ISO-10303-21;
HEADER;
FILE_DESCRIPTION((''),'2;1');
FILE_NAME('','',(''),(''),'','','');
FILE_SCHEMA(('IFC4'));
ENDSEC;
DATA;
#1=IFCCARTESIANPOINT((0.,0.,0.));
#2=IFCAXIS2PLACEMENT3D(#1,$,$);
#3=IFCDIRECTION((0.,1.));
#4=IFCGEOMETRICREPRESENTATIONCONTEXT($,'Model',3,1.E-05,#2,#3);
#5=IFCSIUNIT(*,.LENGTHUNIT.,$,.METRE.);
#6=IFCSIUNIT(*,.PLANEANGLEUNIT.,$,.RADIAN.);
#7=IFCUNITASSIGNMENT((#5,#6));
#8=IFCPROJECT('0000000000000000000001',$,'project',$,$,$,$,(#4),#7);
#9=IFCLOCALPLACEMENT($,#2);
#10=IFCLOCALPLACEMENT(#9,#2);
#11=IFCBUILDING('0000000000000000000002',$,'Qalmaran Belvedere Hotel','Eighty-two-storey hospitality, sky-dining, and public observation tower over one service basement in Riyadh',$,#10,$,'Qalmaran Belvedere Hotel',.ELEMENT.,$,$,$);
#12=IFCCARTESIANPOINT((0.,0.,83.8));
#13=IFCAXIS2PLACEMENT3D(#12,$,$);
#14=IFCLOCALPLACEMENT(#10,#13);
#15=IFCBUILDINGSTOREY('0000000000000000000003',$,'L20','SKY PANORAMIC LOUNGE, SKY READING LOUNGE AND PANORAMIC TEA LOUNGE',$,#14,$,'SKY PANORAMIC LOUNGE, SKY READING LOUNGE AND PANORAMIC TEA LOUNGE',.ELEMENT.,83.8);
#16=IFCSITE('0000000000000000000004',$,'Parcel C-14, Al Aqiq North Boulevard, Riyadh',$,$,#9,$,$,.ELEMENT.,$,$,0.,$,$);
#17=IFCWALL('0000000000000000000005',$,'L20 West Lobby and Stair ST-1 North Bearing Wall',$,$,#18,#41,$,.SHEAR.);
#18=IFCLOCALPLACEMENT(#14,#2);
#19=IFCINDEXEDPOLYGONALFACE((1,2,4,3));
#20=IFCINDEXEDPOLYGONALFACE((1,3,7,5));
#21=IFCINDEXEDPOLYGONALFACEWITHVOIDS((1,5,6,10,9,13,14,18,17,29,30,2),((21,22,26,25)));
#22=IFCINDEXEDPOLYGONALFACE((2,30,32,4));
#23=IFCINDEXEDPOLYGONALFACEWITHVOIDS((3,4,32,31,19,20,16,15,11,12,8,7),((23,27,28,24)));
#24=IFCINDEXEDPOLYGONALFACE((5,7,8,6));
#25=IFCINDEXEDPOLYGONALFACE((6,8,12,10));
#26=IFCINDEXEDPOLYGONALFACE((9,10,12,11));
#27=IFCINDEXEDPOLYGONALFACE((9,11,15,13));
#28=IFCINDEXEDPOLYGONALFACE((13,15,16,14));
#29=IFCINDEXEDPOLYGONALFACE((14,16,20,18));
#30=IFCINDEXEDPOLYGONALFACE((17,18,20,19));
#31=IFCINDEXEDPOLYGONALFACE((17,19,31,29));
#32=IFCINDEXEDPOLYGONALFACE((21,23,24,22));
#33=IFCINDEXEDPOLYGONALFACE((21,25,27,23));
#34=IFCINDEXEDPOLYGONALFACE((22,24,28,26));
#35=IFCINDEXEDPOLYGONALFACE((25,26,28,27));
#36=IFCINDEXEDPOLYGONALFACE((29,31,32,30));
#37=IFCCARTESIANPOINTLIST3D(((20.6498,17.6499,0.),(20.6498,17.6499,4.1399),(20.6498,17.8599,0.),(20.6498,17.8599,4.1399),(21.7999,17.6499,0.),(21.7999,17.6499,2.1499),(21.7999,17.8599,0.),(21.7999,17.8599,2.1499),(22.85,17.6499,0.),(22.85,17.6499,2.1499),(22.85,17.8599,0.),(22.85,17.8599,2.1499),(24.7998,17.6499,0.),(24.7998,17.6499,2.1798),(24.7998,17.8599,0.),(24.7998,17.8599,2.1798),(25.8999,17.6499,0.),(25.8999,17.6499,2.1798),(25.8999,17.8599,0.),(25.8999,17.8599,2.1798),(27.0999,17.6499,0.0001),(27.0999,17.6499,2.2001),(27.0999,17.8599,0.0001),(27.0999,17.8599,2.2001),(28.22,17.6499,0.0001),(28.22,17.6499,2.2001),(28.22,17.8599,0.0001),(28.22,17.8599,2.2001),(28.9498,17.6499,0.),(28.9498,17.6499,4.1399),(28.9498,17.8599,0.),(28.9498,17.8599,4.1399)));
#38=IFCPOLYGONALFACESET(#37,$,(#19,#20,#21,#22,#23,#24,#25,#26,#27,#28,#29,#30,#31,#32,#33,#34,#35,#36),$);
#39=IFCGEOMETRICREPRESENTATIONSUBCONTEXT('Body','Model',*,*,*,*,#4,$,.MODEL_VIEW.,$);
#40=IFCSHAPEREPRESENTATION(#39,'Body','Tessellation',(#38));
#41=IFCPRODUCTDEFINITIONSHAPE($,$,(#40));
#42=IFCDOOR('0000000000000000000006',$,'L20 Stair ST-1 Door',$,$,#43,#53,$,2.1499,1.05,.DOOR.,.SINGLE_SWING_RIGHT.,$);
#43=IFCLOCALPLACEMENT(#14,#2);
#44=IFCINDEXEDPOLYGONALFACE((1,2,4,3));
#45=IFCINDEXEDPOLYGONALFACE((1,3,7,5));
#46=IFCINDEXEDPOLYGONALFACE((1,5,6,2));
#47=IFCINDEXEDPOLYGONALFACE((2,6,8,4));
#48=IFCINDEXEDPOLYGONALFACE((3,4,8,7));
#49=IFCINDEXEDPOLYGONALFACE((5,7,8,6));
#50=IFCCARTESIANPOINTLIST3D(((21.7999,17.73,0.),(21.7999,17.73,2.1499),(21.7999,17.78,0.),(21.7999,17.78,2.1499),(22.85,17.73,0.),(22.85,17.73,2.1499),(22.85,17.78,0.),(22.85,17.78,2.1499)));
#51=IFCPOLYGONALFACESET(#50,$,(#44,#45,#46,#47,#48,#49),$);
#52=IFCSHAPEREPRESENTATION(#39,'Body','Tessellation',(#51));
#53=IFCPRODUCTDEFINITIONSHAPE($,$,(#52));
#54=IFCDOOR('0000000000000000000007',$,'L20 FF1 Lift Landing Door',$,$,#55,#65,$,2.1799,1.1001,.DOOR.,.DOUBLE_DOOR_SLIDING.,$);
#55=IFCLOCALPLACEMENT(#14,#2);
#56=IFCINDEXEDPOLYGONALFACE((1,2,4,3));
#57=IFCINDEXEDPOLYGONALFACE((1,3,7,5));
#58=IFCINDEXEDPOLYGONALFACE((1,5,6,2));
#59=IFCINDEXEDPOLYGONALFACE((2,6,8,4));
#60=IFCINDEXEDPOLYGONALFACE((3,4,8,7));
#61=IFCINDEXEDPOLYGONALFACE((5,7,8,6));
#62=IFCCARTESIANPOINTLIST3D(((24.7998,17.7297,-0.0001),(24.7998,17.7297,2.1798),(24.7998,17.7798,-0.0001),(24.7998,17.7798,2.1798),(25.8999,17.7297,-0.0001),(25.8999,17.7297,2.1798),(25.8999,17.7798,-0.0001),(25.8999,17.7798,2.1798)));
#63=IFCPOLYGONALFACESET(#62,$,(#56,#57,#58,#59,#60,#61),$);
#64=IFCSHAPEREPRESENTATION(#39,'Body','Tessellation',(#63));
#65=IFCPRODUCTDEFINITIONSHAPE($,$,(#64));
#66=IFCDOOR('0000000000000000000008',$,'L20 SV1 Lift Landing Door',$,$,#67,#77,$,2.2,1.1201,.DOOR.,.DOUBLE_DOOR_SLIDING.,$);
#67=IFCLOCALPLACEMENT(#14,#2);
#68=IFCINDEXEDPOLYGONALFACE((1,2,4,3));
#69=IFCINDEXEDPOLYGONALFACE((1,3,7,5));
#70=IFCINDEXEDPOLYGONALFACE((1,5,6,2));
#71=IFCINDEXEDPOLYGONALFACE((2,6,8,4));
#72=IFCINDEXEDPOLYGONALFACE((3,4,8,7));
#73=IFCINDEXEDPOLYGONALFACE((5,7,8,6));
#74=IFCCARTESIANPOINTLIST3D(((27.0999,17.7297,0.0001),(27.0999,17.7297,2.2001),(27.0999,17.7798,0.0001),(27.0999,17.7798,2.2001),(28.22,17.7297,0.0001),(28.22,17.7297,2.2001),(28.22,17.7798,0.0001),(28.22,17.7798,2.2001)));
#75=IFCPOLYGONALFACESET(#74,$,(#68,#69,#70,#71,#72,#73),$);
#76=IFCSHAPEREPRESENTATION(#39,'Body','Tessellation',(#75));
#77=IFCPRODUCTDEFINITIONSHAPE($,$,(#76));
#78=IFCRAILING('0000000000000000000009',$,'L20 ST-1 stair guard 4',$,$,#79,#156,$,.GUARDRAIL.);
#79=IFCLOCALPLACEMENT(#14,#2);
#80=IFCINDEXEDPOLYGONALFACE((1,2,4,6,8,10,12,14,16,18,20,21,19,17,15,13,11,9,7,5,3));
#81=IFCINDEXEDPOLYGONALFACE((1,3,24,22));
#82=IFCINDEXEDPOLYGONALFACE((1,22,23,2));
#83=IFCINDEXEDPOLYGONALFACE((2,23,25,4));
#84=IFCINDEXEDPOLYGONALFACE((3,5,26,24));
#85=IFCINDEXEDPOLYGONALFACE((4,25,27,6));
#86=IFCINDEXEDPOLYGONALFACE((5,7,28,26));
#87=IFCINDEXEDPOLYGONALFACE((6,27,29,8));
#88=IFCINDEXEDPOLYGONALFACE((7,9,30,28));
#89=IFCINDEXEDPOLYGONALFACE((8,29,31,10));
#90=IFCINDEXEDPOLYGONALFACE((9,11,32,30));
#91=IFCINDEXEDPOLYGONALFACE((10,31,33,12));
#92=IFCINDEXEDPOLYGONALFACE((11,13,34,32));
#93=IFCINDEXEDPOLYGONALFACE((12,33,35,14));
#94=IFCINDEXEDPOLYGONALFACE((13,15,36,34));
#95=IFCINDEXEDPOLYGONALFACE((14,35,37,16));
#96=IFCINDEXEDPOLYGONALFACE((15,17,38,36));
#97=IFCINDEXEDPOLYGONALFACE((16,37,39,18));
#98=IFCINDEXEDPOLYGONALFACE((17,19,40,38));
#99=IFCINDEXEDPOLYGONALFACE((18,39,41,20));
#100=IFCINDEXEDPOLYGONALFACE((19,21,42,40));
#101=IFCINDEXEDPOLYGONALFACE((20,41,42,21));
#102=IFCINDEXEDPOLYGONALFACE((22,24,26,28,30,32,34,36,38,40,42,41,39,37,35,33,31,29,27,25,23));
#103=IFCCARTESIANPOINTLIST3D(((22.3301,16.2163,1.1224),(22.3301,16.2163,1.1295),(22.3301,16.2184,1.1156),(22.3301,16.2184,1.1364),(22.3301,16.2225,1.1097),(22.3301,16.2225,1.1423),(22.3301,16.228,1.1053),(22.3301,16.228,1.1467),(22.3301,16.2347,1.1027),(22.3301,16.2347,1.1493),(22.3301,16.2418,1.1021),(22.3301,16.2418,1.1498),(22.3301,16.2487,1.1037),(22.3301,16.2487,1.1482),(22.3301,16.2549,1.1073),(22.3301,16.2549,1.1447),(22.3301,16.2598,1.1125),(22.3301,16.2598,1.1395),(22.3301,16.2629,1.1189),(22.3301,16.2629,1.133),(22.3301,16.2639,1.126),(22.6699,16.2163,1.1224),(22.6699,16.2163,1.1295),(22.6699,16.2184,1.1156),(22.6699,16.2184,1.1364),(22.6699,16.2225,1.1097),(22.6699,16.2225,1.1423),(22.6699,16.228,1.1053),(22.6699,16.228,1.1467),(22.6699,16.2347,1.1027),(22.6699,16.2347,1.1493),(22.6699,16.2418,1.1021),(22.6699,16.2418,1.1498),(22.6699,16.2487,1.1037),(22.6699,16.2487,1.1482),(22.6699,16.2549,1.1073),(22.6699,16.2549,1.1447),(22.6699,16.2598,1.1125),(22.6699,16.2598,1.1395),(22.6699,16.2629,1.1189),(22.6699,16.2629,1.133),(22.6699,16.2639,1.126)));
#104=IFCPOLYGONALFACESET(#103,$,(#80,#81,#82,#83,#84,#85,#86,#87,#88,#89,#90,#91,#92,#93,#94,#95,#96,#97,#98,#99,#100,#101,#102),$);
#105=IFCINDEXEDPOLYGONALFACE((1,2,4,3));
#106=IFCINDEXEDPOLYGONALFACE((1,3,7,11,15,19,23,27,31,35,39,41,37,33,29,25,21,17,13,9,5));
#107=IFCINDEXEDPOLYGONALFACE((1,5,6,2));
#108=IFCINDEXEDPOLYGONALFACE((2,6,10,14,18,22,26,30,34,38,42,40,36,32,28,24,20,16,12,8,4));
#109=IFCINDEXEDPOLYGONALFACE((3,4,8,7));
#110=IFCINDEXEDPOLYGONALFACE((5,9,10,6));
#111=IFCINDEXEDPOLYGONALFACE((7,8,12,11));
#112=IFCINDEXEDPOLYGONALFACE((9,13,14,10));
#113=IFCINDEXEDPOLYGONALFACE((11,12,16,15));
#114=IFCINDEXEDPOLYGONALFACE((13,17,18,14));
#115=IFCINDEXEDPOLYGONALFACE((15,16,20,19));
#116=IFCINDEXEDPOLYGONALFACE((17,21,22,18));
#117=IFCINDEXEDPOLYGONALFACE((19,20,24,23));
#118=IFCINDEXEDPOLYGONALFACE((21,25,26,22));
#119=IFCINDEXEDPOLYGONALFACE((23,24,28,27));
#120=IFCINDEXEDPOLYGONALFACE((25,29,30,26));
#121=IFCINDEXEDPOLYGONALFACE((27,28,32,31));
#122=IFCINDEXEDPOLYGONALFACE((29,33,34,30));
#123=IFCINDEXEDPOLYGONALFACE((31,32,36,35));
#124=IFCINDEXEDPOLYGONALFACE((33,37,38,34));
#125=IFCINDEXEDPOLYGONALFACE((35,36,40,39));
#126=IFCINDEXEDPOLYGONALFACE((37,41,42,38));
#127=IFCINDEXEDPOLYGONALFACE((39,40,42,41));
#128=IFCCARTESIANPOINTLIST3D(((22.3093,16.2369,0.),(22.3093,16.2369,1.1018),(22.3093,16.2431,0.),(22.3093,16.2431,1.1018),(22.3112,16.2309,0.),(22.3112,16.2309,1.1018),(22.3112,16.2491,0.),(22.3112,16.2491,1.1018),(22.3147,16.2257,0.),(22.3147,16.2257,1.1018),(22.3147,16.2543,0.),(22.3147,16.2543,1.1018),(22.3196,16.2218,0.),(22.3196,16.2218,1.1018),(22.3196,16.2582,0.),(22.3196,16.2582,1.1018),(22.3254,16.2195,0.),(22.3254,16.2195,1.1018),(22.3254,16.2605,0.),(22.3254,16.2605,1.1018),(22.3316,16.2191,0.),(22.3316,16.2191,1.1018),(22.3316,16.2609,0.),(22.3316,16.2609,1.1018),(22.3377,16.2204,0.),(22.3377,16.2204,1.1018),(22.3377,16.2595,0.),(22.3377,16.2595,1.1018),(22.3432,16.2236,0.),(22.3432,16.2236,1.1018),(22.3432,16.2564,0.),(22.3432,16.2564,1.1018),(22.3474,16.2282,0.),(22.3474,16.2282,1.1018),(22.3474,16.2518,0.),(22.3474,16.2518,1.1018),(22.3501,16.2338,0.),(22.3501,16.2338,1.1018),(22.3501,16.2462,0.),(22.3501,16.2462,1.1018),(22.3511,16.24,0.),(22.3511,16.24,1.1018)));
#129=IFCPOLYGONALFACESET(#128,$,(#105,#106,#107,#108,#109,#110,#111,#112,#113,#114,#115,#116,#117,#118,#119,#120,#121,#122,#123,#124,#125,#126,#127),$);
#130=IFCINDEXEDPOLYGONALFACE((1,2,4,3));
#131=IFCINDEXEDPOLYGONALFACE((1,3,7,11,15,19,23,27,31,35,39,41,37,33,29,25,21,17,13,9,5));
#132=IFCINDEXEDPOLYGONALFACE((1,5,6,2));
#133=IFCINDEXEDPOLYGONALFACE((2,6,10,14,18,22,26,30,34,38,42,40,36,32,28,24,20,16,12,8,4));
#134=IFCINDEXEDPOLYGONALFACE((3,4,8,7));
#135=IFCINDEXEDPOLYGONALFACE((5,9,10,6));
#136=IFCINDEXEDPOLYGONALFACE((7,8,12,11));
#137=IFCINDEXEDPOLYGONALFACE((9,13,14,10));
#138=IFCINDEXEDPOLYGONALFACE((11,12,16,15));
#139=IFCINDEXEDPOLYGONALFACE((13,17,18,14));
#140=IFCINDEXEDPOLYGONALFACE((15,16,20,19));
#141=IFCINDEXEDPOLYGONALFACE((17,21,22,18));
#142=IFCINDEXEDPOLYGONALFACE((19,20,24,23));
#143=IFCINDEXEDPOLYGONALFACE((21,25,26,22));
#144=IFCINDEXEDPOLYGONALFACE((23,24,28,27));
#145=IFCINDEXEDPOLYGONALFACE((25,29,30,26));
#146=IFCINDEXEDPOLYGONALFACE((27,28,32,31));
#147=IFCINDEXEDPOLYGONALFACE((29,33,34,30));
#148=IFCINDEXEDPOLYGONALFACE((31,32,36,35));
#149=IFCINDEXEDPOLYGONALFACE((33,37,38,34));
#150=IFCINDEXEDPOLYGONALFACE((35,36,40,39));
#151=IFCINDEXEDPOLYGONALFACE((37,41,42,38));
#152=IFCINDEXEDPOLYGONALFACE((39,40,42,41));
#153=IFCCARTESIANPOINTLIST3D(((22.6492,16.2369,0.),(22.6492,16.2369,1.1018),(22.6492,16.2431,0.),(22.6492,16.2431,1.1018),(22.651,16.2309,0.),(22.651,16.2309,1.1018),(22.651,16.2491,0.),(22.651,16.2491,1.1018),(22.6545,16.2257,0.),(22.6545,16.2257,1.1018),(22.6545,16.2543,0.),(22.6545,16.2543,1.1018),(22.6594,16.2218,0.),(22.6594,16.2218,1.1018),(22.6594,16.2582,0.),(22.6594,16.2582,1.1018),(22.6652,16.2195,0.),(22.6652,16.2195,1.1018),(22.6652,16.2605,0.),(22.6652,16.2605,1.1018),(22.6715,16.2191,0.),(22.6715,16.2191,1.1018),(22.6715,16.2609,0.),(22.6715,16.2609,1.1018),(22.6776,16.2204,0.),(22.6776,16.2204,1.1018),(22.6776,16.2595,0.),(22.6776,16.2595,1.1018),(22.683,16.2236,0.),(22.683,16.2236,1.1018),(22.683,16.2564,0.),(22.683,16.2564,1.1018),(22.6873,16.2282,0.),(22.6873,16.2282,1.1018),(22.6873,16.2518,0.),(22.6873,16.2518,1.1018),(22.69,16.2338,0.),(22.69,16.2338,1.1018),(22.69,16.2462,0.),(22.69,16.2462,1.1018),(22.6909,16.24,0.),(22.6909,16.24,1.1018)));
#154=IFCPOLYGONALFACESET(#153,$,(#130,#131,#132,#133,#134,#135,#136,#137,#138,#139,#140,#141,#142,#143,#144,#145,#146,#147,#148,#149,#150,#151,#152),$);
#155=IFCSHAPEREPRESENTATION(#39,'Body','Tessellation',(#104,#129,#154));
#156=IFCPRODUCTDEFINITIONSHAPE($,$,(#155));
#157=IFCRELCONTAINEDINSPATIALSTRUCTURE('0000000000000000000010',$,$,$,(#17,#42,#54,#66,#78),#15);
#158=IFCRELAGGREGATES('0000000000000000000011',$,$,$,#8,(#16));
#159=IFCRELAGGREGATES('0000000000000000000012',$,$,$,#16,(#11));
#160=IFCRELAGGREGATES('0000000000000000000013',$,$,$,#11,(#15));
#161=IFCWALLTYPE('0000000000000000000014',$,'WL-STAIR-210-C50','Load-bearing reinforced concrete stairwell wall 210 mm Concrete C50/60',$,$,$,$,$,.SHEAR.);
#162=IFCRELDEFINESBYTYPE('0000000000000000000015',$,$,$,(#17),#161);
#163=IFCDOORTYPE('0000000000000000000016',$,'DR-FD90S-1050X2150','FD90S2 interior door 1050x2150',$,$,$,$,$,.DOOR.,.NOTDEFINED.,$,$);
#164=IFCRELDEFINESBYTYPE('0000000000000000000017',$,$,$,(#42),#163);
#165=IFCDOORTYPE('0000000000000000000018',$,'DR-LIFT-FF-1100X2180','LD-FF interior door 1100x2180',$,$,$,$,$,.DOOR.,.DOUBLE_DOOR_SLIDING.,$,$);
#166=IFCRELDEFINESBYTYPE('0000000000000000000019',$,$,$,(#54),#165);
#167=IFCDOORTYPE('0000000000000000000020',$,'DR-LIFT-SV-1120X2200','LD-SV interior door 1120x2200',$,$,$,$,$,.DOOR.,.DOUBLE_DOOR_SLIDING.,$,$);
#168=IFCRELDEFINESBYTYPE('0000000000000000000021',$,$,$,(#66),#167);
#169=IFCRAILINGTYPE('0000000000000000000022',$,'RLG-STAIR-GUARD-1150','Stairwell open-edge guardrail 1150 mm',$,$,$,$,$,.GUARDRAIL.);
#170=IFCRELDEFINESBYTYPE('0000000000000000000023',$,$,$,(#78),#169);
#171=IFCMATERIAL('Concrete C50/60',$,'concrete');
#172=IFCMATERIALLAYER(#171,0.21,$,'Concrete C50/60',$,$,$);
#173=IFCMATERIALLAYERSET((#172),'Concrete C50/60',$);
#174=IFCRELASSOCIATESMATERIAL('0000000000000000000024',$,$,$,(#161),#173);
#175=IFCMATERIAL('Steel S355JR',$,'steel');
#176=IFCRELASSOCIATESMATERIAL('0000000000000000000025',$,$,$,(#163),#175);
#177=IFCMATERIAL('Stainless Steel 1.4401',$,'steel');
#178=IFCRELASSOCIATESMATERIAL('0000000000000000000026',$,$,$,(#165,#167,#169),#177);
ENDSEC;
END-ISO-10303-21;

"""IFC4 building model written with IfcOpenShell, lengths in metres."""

from ifc_helpers import new_model, si_unit, direction, frame, frame_2d, origin, origin_2d, place, context, subcontext, project, spatial, rectangle, circle, extrude, material, layer, layer_set, type_object, element, fill, save


model = new_model("IFC4")

# Units and contexts
model_context = context("Model", 3, precision=1e-05, world=origin(), true_north=direction((0.0, 1.0)))
body_context = subcontext(model_context, "Body", "Model", "MODEL_VIEW")
ifc_project = project(units=[si_unit("LENGTHUNIT", "METRE"), si_unit("PLANEANGLEUNIT", "RADIAN")], contexts=[model_context])

# Site, building, storey
site_placement = place(None, origin())
site = spatial("IfcSite", under=ifc_project, at=site_placement, Name="Parcel C-14, Al Aqiq North Boulevard, Riyadh", CompositionType="ELEMENT", RefElevation=0.0)
building_placement = place(site_placement, origin())
building = spatial("IfcBuilding", under=site, at=building_placement, Name="Qalmaran Belvedere Hotel", Description="Eighty-two-storey hospitality, sky-dining, and public observation tower over one service basement in Riyadh", LongName="Qalmaran Belvedere Hotel", CompositionType="ELEMENT")
storey_placement = place(building_placement, frame((0.0, 0.0, 83.8)))
storey = spatial("IfcBuildingStorey", under=building, at=storey_placement, Name="L20", Description="SKY PANORAMIC LOUNGE, SKY READING LOUNGE AND PANORAMIC TEA LOUNGE", LongName="SKY PANORAMIC LOUNGE, SKY READING LOUNGE AND PANORAMIC TEA LOUNGE", CompositionType="ELEMENT", Elevation=83.8)

# Shared definitions
ifc_material_1 = material(Name="Steel S355JR", Category="steel")

# Wall, openings, doors
ifc_material_2 = material(Name="Concrete C50/60", Category="concrete")
ifc_layer_1 = layer(ifc_material_2, 0.21, Name="Concrete C50/60")
ifc_layer_set_1 = layer_set([ifc_layer_1], Name="Concrete C50/60")
wall_type_1 = type_object("IfcWallType", Name="WL-STAIR-210-C50", Description="Load-bearing reinforced concrete stairwell wall 210 mm Concrete C50/60", PredefinedType="SHEAR", material=ifc_layer_set_1)
wall_1_placement = place(storey_placement, frame((20.6499, 17.7549, 0.0), z_axis=(0.0, 0.0, 1.0), x_axis=(1.0, 0.0, 0.0)))
wall_1 = element("IfcWall", 1, at=wall_1_placement, inside=storey, type_object=wall_type_1, Name="L20 West Lobby and Stair ST-1 North Bearing Wall", PredefinedType="SHEAR", context=body_context, shape_type="SweptSolid", body=[
    extrude(rectangle(XDim=8.3, YDim=0.21, at=frame_2d((4.1499, 0.0))), origin(), (0.0, 0.0, 1.0), 4.1399),
])
opening_1_placement = place(wall_1_placement, frame((2.2, 0.0, 0.0), z_axis=(0.0, 0.0, 1.0), x_axis=(-1.0, 0.0, 0.0)))
opening_1 = element("IfcOpeningElement", 2, at=opening_1_placement, cuts=wall_1, PredefinedType="OPENING", context=body_context, shape_type="SweptSolid", body=[
    extrude(rectangle(XDim=1.05, YDim=2.1499, at=frame_2d((0.5249, 1.075))), frame((0.0, 0.115, 0.0), z_axis=(0.0, -1.0, 0.0), x_axis=(1.0, 0.0, 0.0)), (0.0, 0.0, 1.0), 0.23),
])
opening_2_placement = place(wall_1_placement, frame((4.1499, 0.0, 0.0)))
opening_2 = element("IfcOpeningElement", 3, at=opening_2_placement, cuts=wall_1, PredefinedType="OPENING", context=body_context, shape_type="SweptSolid", body=[
    extrude(rectangle(XDim=1.1001, YDim=2.1799, at=frame_2d((0.55, 1.0898))), frame((0.0, 0.115, 0.0), z_axis=(0.0, -1.0, 0.0), x_axis=(1.0, 0.0, 0.0)), (0.0, 0.0, 1.0), 0.23),
])
opening_3_placement = place(wall_1_placement, frame((6.45, 0.0, 0.0)))
opening_3 = element("IfcOpeningElement", 4, at=opening_3_placement, cuts=wall_1, PredefinedType="OPENING", context=body_context, shape_type="SweptSolid", body=[
    extrude(rectangle(XDim=1.1201, YDim=2.2, at=frame_2d((0.5601, 1.1001))), frame((0.0, 0.115, 0.0), z_axis=(0.0, -1.0, 0.0), x_axis=(1.0, 0.0, 0.0)), (0.0, 0.0, 1.0), 0.23),
])
door_type_1 = type_object("IfcDoorType", Name="DR-FD90S-1050X2150", Description="FD90S2 interior door 1050x2150", OperationType="NOTDEFINED", PredefinedType="DOOR", material=ifc_material_1)
door_1_placement = place(opening_1_placement, origin())
door_1 = element("IfcDoor", 5, at=door_1_placement, inside=storey, type_object=door_type_1, Name="L20 Stair ST-1 Door", OperationType="SINGLE_SWING_RIGHT", OverallHeight=2.1499, OverallWidth=1.05, PredefinedType="DOOR", context=body_context, shape_type="SweptSolid", body=[
    extrude(rectangle(XDim=1.05, YDim=2.1499, at=frame_2d((0.5249, 1.075))), frame((0.0, 0.0249, 0.0), z_axis=(0.0, -1.0, 0.0), x_axis=(1.0, 0.0, 0.0)), (0.0, 0.0, 1.0), 0.05),
])
fill(opening_1, door_1)
ifc_material_3 = material(Name="Stainless Steel 1.4401", Category="steel")
door_type_2 = type_object("IfcDoorType", Name="DR-LIFT-FF-1100X2180", Description="LD-FF interior door 1100x2180", OperationType="DOUBLE_DOOR_SLIDING", PredefinedType="DOOR", material=ifc_material_3)
door_2_placement = place(opening_2_placement, origin())
door_2 = element("IfcDoor", 6, at=door_2_placement, inside=storey, type_object=door_type_2, Name="L20 FF1 Lift Landing Door", OperationType="DOUBLE_DOOR_SLIDING", OverallHeight=2.1799, OverallWidth=1.1001, PredefinedType="DOOR", context=body_context, shape_type="SweptSolid", body=[
    extrude(rectangle(XDim=1.1001, YDim=2.1799, at=frame_2d((0.55, 1.0898))), frame((0.0, 0.0249, 0.0), z_axis=(0.0, -1.0, 0.0), x_axis=(1.0, 0.0, 0.0)), (0.0, 0.0, 1.0), 0.05),
])
fill(opening_2, door_2)
door_type_3 = type_object("IfcDoorType", Name="DR-LIFT-SV-1120X2200", Description="LD-SV interior door 1120x2200", OperationType="DOUBLE_DOOR_SLIDING", PredefinedType="DOOR", material=ifc_material_3)
door_3_placement = place(opening_3_placement, origin())
door_3 = element("IfcDoor", 7, at=door_3_placement, inside=storey, type_object=door_type_3, Name="L20 SV1 Lift Landing Door", OperationType="DOUBLE_DOOR_SLIDING", OverallHeight=2.2, OverallWidth=1.1201, PredefinedType="DOOR", context=body_context, shape_type="SweptSolid", body=[
    extrude(rectangle(XDim=1.1201, YDim=2.2, at=frame_2d((0.5601, 1.1001))), frame((0.0, 0.0249, 0.0), z_axis=(0.0, -1.0, 0.0), x_axis=(1.0, 0.0, 0.0)), (0.0, 0.0, 1.0), 0.05),
])
fill(opening_3, door_3)

# Railing
railing_type = type_object("IfcRailingType", Name="RLG-STAIR-GUARD-1150", Description="Stairwell open-edge guardrail 1150 mm", PredefinedType="GUARDRAIL", material=ifc_material_3)
railing_placement = place(storey_placement, frame((22.3301, 16.24, 0.0)))
element("IfcRailing", 8, at=railing_placement, inside=storey, type_object=railing_type, Name="L20 ST-1 stair guard 4", PredefinedType="GUARDRAIL", context=body_context, shape_type="SweptSolid", body=[
    extrude(circle(Radius=0.0239, at=origin_2d()), frame((0.0, 0.0, 1.126), z_axis=(1.0, 0.0, 0.0), x_axis=(0.0, 1.0, 0.0)), (0.0, 0.0, 1.0), 0.3398),
    extrude(circle(Radius=0.021, at=origin_2d()), origin(), (0.0, 0.0, 1.0), 1.1018),
    extrude(circle(Radius=0.021, at=origin_2d()), frame((0.3398, 0.0, 0.0)), (0.0, 0.0, 1.0), 1.1018),
])

save(model, "model.ifc")
